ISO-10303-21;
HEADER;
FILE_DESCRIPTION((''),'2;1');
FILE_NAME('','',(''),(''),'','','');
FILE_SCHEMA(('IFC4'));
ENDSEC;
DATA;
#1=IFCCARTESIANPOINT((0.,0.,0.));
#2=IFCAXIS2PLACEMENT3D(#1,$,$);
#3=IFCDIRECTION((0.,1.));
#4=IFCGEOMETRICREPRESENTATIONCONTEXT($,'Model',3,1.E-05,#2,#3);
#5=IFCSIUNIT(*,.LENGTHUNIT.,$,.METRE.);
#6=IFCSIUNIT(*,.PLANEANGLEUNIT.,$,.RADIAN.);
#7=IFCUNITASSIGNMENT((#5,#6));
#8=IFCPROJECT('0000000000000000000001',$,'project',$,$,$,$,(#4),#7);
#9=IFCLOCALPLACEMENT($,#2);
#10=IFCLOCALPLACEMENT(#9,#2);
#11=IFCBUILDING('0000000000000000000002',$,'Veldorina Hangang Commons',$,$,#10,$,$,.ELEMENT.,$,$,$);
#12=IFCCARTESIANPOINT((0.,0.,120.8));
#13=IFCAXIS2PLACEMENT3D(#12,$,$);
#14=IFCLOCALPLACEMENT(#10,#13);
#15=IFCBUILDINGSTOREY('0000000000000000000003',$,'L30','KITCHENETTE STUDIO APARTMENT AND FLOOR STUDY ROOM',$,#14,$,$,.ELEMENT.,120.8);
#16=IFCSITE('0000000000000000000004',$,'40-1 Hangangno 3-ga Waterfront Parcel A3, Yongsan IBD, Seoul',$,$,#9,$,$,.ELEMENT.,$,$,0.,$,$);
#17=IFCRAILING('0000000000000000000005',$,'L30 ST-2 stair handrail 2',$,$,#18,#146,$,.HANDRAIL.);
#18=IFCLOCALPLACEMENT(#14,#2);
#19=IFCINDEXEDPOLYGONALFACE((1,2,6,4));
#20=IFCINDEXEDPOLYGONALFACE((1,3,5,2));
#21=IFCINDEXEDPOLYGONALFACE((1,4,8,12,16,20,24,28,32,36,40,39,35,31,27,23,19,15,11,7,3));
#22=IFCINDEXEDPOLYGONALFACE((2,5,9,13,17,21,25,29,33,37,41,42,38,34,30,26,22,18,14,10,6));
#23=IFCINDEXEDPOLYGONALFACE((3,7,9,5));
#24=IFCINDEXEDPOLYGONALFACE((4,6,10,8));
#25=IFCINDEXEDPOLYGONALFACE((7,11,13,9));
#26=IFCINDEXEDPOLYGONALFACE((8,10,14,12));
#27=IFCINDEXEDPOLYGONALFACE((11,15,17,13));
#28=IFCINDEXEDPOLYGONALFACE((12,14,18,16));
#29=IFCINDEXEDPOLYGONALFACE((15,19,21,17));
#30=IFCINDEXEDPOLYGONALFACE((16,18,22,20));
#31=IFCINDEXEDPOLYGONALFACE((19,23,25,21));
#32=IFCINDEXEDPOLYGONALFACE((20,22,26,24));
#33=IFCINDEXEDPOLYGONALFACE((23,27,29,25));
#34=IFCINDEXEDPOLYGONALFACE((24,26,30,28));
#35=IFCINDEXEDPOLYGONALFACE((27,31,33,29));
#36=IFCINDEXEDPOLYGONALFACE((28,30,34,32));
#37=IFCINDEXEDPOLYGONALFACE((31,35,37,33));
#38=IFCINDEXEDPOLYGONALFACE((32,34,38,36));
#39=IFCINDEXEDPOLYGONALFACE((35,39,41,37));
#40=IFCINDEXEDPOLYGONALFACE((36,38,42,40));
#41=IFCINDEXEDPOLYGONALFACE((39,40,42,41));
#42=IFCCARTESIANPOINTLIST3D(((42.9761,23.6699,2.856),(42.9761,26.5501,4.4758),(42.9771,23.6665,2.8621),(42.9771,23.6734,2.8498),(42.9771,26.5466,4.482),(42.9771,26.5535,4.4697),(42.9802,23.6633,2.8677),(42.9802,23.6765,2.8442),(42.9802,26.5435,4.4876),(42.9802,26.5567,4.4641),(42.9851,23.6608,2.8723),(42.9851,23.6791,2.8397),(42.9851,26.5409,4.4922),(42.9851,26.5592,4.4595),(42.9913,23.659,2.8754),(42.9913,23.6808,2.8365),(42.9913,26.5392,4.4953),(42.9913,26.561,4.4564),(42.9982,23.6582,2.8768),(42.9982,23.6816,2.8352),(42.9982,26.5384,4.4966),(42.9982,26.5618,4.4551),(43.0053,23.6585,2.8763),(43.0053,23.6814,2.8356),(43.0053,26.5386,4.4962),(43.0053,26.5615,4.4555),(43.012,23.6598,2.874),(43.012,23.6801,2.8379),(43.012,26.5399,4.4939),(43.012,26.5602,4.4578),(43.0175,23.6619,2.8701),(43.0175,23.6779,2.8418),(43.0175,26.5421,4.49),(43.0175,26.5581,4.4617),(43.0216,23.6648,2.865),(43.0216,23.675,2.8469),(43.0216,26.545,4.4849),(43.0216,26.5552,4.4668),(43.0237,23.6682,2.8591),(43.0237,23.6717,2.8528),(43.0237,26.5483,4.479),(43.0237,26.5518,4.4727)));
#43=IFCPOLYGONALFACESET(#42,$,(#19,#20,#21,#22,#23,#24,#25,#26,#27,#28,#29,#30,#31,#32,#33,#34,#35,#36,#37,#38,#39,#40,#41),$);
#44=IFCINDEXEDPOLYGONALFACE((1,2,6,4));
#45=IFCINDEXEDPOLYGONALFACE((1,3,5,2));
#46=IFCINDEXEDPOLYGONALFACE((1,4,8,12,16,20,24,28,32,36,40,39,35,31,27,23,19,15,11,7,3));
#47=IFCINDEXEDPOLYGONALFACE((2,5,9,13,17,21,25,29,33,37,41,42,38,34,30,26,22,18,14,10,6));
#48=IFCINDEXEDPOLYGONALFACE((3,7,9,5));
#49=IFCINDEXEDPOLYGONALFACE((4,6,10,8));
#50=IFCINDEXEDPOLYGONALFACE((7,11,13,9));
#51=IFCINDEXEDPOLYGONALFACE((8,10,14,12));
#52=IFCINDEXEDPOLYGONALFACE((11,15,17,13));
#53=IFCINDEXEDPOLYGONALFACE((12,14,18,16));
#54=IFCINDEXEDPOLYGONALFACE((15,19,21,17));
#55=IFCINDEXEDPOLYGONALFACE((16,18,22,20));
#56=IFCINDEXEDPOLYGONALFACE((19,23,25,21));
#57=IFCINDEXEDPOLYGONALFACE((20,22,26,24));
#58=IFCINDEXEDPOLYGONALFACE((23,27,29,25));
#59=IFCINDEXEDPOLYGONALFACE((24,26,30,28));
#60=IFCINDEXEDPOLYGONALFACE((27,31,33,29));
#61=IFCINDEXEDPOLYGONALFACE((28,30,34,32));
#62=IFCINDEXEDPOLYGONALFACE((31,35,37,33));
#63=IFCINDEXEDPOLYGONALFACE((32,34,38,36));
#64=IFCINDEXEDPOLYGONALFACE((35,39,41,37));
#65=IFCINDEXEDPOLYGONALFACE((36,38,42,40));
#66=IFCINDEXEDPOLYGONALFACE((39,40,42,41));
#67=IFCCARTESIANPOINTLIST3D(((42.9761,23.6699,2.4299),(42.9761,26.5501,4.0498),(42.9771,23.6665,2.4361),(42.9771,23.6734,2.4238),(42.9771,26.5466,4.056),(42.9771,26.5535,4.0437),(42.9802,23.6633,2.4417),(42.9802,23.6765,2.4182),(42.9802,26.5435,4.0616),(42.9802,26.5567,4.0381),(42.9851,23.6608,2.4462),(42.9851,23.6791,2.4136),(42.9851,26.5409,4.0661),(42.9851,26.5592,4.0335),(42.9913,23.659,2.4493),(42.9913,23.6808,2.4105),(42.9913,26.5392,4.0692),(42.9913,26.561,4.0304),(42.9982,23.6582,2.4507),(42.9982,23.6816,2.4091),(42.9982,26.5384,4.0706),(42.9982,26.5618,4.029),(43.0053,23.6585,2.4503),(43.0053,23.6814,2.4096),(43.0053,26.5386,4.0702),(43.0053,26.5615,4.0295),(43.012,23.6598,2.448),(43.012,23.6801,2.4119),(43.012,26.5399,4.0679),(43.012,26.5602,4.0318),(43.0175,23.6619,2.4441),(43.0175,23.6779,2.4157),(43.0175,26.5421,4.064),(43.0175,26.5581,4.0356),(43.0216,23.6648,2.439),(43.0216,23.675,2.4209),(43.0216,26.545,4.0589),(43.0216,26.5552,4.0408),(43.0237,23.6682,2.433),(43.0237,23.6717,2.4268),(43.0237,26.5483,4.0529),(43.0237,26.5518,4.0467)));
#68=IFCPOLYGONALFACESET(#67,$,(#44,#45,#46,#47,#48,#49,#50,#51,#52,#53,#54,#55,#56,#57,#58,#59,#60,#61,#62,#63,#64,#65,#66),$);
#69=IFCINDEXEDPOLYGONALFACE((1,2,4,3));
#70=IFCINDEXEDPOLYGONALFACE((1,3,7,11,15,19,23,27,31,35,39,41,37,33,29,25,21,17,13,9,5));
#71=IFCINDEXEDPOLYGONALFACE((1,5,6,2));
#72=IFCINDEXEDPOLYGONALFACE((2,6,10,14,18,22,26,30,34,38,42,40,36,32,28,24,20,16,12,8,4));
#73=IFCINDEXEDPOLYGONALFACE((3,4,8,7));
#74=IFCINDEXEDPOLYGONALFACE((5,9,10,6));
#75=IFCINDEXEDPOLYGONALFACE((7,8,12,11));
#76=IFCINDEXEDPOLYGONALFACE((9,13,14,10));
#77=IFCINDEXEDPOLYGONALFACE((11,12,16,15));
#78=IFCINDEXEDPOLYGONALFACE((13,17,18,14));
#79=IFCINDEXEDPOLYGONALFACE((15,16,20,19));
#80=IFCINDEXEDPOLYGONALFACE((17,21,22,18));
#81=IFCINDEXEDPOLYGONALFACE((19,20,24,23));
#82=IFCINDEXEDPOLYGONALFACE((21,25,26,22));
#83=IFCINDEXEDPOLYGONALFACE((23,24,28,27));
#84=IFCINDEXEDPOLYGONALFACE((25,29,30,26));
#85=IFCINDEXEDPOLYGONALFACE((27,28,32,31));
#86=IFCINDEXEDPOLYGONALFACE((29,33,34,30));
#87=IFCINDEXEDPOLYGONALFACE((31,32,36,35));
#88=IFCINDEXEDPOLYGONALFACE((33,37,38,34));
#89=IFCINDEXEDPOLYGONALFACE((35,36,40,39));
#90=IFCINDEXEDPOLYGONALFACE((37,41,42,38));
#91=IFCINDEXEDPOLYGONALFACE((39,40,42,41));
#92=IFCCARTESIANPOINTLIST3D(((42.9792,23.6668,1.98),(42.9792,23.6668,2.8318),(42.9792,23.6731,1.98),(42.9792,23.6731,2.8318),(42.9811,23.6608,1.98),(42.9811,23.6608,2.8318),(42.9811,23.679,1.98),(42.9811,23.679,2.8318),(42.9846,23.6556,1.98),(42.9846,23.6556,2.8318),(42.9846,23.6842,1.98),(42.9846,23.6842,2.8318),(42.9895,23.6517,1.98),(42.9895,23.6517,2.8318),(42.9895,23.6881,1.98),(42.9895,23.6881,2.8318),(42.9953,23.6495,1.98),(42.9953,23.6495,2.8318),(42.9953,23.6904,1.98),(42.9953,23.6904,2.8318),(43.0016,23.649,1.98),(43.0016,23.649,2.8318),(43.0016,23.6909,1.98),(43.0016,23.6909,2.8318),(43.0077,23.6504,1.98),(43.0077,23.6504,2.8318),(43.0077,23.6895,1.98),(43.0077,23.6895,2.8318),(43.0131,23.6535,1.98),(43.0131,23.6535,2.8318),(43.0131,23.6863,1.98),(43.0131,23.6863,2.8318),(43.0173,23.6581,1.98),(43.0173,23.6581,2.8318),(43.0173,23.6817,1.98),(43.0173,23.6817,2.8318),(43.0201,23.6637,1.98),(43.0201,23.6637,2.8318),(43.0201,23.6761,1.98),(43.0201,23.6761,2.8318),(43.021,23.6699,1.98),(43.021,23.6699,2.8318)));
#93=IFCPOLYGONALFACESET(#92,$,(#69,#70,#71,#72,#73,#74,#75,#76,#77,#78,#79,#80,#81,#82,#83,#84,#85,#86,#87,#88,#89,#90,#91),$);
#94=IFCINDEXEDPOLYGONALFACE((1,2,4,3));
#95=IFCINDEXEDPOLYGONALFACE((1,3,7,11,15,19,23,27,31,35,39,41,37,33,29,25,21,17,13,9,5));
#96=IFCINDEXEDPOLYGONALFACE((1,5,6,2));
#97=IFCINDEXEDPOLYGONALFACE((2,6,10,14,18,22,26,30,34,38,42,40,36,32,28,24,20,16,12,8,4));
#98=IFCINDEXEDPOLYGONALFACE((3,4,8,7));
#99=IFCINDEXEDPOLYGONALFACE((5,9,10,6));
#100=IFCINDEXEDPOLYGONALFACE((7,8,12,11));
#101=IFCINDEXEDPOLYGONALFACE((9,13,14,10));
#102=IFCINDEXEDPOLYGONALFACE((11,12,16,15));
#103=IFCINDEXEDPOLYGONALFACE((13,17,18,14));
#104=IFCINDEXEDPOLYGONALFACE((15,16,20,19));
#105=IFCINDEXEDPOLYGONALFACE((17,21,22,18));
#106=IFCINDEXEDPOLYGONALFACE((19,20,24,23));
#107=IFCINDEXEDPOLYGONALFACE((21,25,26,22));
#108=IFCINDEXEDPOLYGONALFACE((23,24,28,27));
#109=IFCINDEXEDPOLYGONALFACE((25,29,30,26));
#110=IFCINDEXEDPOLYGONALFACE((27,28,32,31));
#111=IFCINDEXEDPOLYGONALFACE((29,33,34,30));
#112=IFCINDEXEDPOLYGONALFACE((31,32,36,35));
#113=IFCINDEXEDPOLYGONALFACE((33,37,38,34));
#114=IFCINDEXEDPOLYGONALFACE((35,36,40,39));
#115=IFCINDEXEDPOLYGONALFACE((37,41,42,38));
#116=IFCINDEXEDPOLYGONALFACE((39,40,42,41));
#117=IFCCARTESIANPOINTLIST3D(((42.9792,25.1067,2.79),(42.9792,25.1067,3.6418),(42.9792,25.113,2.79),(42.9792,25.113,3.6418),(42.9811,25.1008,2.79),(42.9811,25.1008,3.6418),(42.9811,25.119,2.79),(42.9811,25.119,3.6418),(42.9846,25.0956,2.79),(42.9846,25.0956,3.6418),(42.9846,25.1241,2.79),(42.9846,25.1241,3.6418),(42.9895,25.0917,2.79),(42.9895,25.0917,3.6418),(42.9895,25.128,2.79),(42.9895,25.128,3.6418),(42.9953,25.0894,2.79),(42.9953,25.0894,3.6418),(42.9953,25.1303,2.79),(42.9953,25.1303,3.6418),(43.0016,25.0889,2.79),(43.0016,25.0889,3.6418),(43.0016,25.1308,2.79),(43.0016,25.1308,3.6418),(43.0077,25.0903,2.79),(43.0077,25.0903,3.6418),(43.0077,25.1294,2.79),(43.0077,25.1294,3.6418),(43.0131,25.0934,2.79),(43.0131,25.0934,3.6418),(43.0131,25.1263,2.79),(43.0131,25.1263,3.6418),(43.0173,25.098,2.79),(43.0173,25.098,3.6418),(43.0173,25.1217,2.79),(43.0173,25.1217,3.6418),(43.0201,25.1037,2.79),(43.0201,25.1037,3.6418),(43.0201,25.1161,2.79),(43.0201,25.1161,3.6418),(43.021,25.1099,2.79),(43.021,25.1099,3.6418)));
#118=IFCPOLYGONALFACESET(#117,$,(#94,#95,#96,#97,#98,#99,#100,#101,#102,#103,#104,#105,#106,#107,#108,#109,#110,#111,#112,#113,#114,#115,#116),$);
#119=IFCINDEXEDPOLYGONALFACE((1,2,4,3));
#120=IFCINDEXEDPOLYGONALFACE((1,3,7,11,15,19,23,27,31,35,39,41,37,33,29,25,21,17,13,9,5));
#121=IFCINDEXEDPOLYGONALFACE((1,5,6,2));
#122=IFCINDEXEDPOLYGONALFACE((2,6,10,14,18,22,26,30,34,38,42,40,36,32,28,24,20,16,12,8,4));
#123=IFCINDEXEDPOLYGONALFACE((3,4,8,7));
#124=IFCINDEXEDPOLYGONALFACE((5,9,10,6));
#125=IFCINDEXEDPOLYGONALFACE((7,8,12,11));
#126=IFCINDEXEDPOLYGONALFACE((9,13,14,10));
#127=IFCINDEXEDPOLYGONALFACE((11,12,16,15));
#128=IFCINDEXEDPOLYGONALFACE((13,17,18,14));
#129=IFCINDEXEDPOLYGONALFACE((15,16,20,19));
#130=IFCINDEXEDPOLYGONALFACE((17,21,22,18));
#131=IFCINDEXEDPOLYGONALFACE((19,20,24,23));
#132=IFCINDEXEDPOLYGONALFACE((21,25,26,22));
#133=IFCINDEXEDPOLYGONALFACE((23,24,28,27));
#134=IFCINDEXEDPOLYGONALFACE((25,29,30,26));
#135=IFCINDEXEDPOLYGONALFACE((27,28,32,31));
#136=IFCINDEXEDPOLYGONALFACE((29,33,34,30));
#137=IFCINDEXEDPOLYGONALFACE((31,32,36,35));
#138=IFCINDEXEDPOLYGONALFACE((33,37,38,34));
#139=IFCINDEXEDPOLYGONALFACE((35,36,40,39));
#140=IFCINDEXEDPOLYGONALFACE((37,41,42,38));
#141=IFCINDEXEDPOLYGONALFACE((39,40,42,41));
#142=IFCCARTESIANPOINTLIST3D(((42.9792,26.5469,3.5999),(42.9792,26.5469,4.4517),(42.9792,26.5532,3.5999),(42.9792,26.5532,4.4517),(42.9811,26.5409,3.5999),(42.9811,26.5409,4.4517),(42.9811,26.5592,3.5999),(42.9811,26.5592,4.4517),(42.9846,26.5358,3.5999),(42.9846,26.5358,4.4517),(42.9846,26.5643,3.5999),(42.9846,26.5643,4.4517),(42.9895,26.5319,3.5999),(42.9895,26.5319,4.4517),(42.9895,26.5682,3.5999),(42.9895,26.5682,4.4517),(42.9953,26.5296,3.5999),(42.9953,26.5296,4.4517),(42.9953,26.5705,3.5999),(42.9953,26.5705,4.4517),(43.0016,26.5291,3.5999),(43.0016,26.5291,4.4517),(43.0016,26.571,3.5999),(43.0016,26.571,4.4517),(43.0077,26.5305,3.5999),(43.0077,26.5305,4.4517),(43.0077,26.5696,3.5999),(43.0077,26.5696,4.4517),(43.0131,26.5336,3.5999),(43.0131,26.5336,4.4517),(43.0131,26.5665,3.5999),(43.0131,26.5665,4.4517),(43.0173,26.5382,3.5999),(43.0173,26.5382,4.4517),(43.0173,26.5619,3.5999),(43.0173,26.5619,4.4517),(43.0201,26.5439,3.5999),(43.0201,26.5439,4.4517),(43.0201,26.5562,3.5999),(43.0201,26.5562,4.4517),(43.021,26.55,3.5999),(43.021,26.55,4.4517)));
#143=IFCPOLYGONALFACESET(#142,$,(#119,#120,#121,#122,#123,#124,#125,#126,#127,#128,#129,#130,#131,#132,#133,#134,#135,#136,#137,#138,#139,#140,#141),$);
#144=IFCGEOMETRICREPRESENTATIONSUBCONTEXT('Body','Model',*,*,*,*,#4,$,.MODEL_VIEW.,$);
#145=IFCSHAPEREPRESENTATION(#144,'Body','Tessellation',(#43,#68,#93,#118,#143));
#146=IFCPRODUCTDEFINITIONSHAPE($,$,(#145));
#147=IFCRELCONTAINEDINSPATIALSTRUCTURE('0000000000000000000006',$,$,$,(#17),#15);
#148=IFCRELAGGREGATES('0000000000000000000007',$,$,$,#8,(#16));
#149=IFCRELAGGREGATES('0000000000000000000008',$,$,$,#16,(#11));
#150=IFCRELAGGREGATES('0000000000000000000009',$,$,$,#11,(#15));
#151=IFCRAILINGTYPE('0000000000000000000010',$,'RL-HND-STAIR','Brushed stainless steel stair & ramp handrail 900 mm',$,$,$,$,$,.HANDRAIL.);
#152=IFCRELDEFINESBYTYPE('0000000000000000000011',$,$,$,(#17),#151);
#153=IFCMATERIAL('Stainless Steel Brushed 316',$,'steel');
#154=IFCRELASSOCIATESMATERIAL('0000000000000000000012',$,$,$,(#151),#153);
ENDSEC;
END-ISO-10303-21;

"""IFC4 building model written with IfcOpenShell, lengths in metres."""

from ifc_helpers import new_model, si_unit, direction, frame, origin, origin_2d, place, context, subcontext, project, spatial, circle, extrude, material, type_object, element, save


model = new_model("IFC4")

# Units and contexts
model_context = context("Model", 3, precision=1e-05, world=origin(), true_north=direction((0.0, 1.0)))
body_context = subcontext(model_context, "Body", "Model", "MODEL_VIEW")
ifc_project = project(units=[si_unit("LENGTHUNIT", "METRE"), si_unit("PLANEANGLEUNIT", "RADIAN")], contexts=[model_context])

# Site, building, storey
site_placement = place(None, origin())
site = spatial("IfcSite", under=ifc_project, at=site_placement, Name="40-1 Hangangno 3-ga Waterfront Parcel A3, Yongsan IBD, Seoul", CompositionType="ELEMENT", RefElevation=0.0)
building_placement = place(site_placement, origin())
building = spatial("IfcBuilding", under=site, at=building_placement, Name="Veldorina Hangang Commons", CompositionType="ELEMENT")
storey_placement = place(building_placement, frame((0.0, 0.0, 120.8)))
storey = spatial("IfcBuildingStorey", under=building, at=storey_placement, Name="L30", Description="KITCHENETTE STUDIO APARTMENT AND FLOOR STUDY ROOM", CompositionType="ELEMENT", Elevation=120.8)

# Railing
ifc_material_1 = material(Name="Stainless Steel Brushed 316", Category="steel")
railing_type_1 = type_object("IfcRailingType", Name="RL-HND-STAIR", Description="Brushed stainless steel stair & ramp handrail 900 mm", PredefinedType="HANDRAIL", material=ifc_material_1)
railing_1_placement = place(storey_placement, frame((43.0, 23.6699, 1.98)))
element("IfcRailing", 1, at=railing_1_placement, inside=storey, type_object=railing_type_1, Name="L30 ST-2 stair handrail 2", PredefinedType="HANDRAIL", context=body_context, shape_type="SweptSolid", body=[
    extrude(circle(Radius=0.0239, at=origin_2d()), frame((0.0, 0.0, 0.876), z_axis=(0.0, 0.871601, 0.490216), x_axis=(-1.0, 0.0, 0.0)), (0.0, 0.0, 1.0), 3.3044),
    extrude(circle(Radius=0.0239, at=origin_2d()), frame((0.0, 0.0, 0.45), z_axis=(0.0, 0.871601, 0.490216), x_axis=(-1.0, 0.0, 0.0)), (0.0, 0.0, 1.0), 3.3044),
    extrude(circle(Radius=0.021, at=origin_2d()), origin(), (0.0, 0.0, 1.0), 0.8518),
    extrude(circle(Radius=0.021, at=origin_2d()), frame((0.0, 1.4399, 0.8101)), (0.0, 0.0, 1.0), 0.8518),
    extrude(circle(Radius=0.021, at=origin_2d()), frame((0.0, 2.8801, 1.6199)), (0.0, 0.0, 1.0), 0.8518),
])

save(model, "model.ifc")
